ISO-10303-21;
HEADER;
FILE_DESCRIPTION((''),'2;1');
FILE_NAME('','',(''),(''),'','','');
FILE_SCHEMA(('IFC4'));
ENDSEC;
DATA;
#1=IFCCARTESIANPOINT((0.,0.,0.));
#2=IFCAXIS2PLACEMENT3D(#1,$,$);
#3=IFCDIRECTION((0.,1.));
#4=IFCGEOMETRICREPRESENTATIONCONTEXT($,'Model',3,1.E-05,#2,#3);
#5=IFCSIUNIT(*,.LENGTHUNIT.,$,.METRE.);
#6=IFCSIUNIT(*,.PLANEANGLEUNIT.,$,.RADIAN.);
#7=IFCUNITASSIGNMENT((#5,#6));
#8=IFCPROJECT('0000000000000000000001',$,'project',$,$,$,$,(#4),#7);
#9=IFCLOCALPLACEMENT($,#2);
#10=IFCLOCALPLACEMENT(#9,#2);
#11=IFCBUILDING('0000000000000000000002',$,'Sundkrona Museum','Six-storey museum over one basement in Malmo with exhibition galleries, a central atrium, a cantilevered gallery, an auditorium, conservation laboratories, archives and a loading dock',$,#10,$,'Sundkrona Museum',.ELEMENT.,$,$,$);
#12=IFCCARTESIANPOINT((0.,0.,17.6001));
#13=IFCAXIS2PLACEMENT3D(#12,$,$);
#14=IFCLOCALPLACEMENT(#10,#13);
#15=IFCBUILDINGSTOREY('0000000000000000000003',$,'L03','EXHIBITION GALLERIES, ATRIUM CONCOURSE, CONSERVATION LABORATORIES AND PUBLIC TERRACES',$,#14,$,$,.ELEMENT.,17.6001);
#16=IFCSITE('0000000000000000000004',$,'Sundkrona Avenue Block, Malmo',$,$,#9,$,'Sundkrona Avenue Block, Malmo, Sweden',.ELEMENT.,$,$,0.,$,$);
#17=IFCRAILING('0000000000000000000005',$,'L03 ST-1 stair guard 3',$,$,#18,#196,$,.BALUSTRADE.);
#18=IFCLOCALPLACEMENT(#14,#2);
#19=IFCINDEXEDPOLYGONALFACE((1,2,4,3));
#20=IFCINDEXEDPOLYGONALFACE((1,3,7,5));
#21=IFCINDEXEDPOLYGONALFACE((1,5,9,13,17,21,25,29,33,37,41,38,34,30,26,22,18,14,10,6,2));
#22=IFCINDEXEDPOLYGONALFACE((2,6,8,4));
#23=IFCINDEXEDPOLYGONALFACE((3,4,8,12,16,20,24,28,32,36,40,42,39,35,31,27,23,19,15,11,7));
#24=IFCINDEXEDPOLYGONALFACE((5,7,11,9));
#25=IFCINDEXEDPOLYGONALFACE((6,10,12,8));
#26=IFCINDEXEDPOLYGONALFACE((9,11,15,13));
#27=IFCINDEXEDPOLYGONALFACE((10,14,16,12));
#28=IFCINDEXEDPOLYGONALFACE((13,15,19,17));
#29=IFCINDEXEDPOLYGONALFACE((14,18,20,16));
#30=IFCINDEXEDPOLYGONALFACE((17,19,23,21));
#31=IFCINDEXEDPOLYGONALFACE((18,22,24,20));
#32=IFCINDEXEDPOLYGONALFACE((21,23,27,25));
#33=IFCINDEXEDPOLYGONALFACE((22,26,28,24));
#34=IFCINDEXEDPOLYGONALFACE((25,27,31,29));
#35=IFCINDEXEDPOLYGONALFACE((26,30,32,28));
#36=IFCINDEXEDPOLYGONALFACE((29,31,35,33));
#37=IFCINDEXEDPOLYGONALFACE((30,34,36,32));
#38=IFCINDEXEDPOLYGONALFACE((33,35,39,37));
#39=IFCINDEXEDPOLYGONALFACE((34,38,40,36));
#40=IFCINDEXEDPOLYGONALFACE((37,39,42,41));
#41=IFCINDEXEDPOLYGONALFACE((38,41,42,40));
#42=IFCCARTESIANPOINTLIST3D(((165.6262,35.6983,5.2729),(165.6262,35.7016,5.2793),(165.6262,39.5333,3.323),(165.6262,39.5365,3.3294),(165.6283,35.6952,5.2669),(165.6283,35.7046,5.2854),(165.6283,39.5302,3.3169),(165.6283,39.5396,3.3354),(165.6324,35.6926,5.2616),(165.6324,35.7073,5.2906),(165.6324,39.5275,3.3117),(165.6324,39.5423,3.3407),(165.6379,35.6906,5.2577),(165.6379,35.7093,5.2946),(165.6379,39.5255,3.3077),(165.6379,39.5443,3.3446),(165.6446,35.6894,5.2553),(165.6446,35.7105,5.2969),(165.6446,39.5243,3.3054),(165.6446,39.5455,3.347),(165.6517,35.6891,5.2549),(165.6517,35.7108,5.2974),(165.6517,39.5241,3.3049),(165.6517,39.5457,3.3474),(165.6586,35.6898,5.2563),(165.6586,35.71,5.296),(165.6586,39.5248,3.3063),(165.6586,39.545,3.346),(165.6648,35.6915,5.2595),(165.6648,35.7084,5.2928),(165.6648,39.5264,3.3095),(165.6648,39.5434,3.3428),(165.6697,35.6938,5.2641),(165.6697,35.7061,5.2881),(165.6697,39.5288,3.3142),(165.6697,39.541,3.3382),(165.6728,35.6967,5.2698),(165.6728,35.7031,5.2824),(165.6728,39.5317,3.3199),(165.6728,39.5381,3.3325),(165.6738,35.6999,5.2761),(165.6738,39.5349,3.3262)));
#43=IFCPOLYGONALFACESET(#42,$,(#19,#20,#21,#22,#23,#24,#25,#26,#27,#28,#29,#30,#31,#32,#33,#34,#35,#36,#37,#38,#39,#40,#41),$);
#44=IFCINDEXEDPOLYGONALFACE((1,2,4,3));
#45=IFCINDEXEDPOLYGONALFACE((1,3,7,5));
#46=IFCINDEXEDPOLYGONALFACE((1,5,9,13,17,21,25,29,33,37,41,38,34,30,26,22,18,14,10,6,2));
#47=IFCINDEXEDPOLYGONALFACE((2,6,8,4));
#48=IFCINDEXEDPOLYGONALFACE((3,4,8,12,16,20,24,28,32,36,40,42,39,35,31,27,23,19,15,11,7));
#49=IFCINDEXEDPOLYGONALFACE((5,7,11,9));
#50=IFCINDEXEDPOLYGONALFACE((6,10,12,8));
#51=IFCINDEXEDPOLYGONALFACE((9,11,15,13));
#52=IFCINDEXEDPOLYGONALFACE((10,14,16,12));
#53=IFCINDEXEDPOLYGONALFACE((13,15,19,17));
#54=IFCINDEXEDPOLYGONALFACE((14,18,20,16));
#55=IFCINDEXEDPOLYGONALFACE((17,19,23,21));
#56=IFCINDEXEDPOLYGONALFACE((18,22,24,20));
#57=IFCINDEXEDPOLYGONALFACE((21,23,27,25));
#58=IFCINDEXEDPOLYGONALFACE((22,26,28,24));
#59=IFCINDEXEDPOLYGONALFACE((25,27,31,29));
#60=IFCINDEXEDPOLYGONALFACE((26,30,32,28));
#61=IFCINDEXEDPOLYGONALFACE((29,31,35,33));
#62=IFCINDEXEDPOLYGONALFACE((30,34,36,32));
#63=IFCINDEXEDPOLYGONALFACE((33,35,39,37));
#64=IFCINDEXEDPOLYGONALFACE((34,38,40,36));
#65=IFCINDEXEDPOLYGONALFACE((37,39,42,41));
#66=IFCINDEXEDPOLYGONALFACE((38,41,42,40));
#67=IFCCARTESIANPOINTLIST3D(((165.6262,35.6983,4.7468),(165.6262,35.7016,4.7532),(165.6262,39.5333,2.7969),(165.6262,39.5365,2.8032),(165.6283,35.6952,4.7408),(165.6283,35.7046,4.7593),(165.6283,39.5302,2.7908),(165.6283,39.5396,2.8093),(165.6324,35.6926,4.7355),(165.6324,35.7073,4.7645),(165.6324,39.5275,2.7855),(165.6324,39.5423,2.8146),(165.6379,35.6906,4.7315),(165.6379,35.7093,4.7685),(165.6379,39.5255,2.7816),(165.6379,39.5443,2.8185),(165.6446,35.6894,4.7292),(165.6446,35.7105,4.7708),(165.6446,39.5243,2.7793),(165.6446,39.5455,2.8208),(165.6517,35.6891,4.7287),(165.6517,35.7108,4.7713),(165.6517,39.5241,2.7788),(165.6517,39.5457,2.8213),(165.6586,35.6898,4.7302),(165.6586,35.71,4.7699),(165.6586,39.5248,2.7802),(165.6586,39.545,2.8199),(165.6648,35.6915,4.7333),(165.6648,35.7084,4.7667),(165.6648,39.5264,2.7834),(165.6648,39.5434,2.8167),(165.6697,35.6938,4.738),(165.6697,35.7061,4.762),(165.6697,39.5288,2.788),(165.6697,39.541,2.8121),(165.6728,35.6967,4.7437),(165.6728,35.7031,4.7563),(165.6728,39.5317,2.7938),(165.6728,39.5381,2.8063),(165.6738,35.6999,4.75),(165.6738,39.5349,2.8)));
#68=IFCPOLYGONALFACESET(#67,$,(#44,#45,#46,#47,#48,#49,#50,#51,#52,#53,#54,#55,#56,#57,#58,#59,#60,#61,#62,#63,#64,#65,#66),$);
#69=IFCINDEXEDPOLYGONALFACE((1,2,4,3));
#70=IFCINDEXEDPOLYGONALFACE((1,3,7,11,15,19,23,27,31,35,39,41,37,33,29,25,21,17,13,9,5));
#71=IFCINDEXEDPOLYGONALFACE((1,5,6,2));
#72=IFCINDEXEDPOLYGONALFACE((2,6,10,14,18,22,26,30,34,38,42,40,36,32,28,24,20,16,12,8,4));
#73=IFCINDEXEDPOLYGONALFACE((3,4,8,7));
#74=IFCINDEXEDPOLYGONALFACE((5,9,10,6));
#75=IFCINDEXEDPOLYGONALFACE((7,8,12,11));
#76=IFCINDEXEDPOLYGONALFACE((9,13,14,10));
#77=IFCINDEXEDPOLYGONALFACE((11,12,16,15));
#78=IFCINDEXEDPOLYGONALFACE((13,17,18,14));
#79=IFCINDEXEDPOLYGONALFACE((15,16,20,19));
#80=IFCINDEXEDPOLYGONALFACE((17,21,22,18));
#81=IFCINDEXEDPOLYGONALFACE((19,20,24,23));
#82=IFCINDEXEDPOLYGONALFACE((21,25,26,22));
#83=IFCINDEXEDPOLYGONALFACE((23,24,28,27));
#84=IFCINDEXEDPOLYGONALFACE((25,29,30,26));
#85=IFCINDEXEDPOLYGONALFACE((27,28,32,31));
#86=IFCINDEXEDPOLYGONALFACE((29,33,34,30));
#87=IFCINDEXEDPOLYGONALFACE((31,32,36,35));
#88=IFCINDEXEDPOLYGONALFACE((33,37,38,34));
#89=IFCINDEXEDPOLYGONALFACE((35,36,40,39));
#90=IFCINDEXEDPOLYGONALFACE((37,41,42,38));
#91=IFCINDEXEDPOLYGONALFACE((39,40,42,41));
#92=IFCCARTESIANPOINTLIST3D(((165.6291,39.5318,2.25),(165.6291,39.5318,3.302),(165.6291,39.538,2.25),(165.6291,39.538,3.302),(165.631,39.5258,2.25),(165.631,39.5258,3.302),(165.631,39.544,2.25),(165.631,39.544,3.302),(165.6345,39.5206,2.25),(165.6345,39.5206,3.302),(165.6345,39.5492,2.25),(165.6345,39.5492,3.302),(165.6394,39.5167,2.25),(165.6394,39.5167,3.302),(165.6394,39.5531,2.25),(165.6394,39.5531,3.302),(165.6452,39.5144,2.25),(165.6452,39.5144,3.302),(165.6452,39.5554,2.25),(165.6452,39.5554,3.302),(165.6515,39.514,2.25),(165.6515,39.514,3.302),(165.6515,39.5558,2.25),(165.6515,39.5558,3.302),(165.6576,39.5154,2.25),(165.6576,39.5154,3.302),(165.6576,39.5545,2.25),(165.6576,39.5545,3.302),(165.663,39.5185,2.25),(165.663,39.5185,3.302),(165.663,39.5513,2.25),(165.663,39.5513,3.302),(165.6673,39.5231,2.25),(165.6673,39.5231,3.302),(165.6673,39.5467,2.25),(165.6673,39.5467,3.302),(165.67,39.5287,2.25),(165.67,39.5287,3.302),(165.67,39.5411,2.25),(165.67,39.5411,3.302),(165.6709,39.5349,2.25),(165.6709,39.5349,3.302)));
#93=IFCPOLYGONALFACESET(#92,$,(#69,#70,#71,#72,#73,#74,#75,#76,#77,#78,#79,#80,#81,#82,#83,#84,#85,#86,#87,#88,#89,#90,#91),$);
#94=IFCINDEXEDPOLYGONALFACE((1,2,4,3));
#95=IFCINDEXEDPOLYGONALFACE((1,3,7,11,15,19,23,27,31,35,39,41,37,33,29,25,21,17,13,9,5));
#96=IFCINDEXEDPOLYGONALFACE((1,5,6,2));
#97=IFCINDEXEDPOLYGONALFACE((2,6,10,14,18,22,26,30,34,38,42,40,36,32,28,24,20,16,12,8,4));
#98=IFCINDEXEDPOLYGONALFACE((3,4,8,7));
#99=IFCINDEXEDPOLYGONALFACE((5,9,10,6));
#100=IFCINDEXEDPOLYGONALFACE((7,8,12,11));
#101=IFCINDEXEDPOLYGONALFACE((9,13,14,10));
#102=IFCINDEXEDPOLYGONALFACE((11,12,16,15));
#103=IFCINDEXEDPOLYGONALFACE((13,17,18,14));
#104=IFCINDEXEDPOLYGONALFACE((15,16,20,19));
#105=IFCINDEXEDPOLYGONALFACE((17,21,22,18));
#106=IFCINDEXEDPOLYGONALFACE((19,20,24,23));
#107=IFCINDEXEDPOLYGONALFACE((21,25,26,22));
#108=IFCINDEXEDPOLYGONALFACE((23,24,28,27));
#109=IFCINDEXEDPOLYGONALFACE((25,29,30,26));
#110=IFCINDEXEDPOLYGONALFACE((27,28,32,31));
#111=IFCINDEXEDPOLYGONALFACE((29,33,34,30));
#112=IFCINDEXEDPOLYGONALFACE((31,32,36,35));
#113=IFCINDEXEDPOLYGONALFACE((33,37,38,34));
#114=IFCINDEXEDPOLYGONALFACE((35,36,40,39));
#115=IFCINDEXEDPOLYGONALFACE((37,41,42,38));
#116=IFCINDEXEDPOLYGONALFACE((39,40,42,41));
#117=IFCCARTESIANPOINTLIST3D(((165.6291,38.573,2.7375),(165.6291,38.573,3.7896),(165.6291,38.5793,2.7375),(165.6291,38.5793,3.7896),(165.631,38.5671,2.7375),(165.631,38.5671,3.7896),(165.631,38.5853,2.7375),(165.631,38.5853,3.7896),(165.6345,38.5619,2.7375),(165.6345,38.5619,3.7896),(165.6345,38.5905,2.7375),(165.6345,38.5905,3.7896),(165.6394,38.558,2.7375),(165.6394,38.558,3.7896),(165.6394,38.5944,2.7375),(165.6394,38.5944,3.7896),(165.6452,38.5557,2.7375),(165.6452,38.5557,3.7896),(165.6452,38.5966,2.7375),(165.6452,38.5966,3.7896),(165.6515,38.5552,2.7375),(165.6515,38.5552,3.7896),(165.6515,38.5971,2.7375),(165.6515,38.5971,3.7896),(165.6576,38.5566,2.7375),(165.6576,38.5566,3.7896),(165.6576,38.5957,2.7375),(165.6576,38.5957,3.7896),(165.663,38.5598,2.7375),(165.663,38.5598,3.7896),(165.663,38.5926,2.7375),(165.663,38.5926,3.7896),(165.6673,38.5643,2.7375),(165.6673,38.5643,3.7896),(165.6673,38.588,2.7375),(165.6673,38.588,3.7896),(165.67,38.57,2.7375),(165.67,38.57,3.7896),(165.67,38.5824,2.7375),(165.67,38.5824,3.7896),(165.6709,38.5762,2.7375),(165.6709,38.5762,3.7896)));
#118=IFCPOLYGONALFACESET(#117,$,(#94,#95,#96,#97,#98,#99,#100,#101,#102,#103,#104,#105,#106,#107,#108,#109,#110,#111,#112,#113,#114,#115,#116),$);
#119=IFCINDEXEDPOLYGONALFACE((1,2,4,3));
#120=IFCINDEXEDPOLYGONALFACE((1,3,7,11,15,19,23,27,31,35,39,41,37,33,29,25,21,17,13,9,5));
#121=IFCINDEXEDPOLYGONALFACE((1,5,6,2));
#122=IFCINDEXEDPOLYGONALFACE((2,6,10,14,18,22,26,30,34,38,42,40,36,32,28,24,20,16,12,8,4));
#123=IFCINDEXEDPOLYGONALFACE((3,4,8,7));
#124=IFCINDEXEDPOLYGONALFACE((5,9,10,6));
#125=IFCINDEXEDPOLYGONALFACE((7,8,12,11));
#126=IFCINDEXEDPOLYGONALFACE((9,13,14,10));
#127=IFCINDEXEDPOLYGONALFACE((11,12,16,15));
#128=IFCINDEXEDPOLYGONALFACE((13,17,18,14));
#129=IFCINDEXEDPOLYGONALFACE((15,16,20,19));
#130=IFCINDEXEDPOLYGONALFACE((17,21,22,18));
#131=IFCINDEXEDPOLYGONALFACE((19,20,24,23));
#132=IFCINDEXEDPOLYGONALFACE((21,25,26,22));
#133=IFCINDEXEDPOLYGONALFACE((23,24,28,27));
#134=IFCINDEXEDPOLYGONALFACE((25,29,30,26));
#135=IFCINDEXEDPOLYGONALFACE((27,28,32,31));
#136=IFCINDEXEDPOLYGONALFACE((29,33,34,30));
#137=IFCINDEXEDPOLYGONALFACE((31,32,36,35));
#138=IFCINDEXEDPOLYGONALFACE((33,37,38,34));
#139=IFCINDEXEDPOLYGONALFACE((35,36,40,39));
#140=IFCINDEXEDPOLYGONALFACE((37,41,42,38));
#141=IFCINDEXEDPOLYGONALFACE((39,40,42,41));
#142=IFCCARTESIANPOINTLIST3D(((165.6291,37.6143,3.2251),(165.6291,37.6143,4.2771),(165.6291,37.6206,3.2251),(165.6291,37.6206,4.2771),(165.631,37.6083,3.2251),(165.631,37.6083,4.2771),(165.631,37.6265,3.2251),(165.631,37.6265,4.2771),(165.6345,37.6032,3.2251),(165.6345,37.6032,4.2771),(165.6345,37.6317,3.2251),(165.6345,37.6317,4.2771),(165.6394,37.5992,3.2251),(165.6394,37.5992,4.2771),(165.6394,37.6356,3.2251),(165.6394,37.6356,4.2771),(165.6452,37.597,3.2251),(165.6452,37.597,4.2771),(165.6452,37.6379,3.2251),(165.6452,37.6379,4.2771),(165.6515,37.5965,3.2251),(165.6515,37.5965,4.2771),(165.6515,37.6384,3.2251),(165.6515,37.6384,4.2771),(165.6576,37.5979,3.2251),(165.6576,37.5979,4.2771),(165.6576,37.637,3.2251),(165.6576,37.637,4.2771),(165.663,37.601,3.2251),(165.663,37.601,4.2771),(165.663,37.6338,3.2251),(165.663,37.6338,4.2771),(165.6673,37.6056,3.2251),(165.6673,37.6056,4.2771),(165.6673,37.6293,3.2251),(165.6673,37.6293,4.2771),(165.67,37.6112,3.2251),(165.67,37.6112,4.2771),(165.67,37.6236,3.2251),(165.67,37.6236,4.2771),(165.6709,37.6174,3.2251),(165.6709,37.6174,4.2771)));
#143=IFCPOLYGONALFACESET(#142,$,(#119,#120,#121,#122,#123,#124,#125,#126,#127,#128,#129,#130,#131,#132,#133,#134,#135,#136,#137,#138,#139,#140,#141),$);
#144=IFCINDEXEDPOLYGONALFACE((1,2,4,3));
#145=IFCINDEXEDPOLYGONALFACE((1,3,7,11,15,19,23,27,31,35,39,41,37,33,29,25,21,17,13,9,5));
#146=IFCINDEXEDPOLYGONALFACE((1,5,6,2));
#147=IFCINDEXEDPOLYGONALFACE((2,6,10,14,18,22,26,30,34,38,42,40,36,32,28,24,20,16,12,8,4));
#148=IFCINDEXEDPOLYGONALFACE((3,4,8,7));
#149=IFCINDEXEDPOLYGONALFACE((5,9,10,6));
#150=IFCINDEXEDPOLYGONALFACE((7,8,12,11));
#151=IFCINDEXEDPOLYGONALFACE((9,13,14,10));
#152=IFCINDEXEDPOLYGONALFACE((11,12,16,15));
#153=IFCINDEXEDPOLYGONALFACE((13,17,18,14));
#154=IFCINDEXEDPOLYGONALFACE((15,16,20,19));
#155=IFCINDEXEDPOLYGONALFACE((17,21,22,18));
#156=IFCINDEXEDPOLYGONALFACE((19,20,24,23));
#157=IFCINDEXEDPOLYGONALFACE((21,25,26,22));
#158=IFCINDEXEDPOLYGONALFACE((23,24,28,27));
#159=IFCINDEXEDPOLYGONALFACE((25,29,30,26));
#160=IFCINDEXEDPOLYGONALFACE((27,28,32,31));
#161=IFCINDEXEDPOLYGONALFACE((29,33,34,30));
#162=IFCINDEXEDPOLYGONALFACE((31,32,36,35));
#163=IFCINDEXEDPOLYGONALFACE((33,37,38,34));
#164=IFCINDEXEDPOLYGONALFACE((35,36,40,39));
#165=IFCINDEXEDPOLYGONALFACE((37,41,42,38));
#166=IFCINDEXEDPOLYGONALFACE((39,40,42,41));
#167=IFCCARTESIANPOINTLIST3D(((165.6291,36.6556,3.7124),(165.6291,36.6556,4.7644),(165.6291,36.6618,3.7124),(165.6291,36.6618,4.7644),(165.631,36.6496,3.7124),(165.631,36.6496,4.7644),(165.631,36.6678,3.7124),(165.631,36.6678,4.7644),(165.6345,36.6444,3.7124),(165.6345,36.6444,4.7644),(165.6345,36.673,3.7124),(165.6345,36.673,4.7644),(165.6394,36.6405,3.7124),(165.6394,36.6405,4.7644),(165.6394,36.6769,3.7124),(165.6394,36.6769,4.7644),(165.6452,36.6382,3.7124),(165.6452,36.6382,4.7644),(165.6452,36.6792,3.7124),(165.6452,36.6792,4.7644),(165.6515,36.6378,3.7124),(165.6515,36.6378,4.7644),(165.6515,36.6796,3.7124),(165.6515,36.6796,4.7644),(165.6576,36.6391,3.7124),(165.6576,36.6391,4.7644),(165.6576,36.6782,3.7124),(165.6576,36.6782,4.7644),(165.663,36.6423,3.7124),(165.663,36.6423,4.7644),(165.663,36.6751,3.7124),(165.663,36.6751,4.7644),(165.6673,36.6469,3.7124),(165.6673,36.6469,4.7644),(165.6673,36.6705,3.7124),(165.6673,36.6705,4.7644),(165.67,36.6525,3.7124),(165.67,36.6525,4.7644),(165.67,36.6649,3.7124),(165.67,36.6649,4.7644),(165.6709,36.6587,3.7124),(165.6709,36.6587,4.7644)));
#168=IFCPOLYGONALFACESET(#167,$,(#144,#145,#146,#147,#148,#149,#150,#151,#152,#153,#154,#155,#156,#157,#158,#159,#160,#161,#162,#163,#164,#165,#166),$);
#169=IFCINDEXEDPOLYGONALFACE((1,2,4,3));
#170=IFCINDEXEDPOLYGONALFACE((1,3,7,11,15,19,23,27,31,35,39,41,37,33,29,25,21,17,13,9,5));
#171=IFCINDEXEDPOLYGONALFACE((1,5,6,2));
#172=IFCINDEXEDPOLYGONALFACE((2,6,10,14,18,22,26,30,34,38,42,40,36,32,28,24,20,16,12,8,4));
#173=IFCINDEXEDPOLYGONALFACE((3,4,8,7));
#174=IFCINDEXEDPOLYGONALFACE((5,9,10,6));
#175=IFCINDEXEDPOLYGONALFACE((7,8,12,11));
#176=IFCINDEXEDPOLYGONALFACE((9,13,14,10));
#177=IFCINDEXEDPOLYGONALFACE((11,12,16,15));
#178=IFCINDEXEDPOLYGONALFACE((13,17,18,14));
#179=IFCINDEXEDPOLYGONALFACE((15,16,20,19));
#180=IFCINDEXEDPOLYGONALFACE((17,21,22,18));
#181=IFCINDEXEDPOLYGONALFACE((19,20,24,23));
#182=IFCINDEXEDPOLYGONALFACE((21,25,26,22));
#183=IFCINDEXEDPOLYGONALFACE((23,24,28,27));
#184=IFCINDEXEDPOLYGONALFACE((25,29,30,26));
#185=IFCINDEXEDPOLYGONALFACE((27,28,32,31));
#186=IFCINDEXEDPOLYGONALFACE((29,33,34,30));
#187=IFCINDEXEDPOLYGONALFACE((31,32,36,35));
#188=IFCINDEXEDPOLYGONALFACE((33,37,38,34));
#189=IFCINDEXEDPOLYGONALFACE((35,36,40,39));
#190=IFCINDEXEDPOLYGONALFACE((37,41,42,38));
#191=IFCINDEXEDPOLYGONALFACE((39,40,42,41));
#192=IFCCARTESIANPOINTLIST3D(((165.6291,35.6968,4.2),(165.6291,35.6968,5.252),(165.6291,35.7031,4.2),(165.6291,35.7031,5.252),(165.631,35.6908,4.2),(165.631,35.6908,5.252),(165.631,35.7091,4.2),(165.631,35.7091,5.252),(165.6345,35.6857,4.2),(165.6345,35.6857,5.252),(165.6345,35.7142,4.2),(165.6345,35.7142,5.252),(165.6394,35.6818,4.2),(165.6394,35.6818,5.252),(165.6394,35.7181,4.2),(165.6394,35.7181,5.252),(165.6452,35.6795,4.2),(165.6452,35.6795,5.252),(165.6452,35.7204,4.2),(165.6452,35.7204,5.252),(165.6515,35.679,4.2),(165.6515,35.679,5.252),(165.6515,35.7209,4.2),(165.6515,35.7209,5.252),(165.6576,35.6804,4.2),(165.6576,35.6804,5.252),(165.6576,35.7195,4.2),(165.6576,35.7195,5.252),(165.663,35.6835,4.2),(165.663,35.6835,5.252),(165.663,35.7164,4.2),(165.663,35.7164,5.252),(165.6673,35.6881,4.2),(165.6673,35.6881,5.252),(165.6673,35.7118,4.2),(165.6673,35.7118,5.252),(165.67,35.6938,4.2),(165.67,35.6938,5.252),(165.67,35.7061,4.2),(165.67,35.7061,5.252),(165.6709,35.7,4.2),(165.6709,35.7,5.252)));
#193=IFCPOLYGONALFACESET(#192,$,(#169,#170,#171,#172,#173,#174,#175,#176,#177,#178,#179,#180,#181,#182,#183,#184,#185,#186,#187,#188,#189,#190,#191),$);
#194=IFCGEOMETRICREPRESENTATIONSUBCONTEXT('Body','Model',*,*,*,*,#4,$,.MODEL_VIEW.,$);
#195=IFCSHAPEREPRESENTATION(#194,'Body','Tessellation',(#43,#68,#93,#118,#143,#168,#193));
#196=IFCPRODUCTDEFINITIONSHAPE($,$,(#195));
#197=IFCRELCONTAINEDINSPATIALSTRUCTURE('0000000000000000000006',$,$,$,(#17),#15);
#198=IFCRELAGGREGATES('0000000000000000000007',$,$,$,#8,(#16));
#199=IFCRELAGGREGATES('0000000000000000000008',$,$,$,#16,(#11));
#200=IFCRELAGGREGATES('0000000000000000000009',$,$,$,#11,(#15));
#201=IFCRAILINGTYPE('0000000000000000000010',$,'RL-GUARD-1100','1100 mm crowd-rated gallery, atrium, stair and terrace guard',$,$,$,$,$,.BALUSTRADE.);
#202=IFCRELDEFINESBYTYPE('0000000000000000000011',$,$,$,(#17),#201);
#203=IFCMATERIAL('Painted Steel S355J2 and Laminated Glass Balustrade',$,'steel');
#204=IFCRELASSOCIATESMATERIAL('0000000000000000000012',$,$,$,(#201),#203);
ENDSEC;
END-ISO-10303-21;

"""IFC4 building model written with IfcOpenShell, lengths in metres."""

from ifc_helpers import new_model, si_unit, direction, frame, origin, origin_2d, place, context, subcontext, project, spatial, circle, extrude, material, type_object, element, save


model = new_model("IFC4")

# Units and contexts
model_context = context("Model", 3, precision=1e-05, world=origin(), true_north=direction((0.0, 1.0)))
body_context = subcontext(model_context, "Body", "Model", "MODEL_VIEW")
ifc_project = project(units=[si_unit("LENGTHUNIT", "METRE"), si_unit("PLANEANGLEUNIT", "RADIAN")], contexts=[model_context])

# Site, building, storey
site_placement = place(None, origin())
site = spatial("IfcSite", under=ifc_project, at=site_placement, Name="Sundkrona Avenue Block, Malmo", LongName="Sundkrona Avenue Block, Malmo, Sweden", CompositionType="ELEMENT", RefElevation=0.0)
building_placement = place(site_placement, origin())
building = spatial("IfcBuilding", under=site, at=building_placement, Name="Sundkrona Museum", Description="Six-storey museum over one basement in Malmo with exhibition galleries, a central atrium, a cantilevered gallery, an auditorium, conservation laboratories, archives and a loading dock", LongName="Sundkrona Museum", CompositionType="ELEMENT")
storey_placement = place(building_placement, frame((0.0, 0.0, 17.6001)))
storey = spatial("IfcBuildingStorey", under=building, at=storey_placement, Name="L03", Description="EXHIBITION GALLERIES, ATRIUM CONCOURSE, CONSERVATION LABORATORIES AND PUBLIC TERRACES", CompositionType="ELEMENT", Elevation=17.6001)

# Railing
ifc_material_1 = material(Name="Painted Steel S355J2 and Laminated Glass Balustrade", Category="steel")
railing_type_1 = type_object("IfcRailingType", Name="RL-GUARD-1100", Description="1100 mm crowd-rated gallery, atrium, stair and terrace guard", PredefinedType="BALUSTRADE", material=ifc_material_1)
railing_1_placement = place(storey_placement, frame((165.6499, 39.5349, 2.25)))
element("IfcRailing", 1, at=railing_1_placement, inside=storey, type_object=railing_type_1, Name="L03 ST-1 stair guard 3", PredefinedType="BALUSTRADE", context=body_context, shape_type="SweptSolid", body=[
    extrude(circle(Radius=0.0239, at=origin_2d()), frame((0.0, 0.0, 1.0762), z_axis=(0.0, -0.891388, 0.453241), x_axis=(1.0, 0.0, 0.0)), (0.0, 0.0, 1.0), 4.3022),
    extrude(circle(Radius=0.0239, at=origin_2d()), frame((0.0, 0.0, 0.55), z_axis=(0.0, -0.891388, 0.453241), x_axis=(1.0, 0.0, 0.0)), (0.0, 0.0, 1.0), 4.3022),
    extrude(circle(Radius=0.021, at=origin_2d()), origin(), (0.0, 0.0, 1.0), 1.052),
    extrude(circle(Radius=0.021, at=origin_2d()), frame((0.0, -0.9587, 0.4875)), (0.0, 0.0, 1.0), 1.052),
    extrude(circle(Radius=0.021, at=origin_2d()), frame((0.0, -1.9175, 0.9751)), (0.0, 0.0, 1.0), 1.052),
    extrude(circle(Radius=0.021, at=origin_2d()), frame((0.0, -2.8762, 1.4624)), (0.0, 0.0, 1.0), 1.052),
    extrude(circle(Radius=0.021, at=origin_2d()), frame((0.0, -3.835, 1.95)), (0.0, 0.0, 1.0), 1.052),
])

save(model, "model.ifc")
